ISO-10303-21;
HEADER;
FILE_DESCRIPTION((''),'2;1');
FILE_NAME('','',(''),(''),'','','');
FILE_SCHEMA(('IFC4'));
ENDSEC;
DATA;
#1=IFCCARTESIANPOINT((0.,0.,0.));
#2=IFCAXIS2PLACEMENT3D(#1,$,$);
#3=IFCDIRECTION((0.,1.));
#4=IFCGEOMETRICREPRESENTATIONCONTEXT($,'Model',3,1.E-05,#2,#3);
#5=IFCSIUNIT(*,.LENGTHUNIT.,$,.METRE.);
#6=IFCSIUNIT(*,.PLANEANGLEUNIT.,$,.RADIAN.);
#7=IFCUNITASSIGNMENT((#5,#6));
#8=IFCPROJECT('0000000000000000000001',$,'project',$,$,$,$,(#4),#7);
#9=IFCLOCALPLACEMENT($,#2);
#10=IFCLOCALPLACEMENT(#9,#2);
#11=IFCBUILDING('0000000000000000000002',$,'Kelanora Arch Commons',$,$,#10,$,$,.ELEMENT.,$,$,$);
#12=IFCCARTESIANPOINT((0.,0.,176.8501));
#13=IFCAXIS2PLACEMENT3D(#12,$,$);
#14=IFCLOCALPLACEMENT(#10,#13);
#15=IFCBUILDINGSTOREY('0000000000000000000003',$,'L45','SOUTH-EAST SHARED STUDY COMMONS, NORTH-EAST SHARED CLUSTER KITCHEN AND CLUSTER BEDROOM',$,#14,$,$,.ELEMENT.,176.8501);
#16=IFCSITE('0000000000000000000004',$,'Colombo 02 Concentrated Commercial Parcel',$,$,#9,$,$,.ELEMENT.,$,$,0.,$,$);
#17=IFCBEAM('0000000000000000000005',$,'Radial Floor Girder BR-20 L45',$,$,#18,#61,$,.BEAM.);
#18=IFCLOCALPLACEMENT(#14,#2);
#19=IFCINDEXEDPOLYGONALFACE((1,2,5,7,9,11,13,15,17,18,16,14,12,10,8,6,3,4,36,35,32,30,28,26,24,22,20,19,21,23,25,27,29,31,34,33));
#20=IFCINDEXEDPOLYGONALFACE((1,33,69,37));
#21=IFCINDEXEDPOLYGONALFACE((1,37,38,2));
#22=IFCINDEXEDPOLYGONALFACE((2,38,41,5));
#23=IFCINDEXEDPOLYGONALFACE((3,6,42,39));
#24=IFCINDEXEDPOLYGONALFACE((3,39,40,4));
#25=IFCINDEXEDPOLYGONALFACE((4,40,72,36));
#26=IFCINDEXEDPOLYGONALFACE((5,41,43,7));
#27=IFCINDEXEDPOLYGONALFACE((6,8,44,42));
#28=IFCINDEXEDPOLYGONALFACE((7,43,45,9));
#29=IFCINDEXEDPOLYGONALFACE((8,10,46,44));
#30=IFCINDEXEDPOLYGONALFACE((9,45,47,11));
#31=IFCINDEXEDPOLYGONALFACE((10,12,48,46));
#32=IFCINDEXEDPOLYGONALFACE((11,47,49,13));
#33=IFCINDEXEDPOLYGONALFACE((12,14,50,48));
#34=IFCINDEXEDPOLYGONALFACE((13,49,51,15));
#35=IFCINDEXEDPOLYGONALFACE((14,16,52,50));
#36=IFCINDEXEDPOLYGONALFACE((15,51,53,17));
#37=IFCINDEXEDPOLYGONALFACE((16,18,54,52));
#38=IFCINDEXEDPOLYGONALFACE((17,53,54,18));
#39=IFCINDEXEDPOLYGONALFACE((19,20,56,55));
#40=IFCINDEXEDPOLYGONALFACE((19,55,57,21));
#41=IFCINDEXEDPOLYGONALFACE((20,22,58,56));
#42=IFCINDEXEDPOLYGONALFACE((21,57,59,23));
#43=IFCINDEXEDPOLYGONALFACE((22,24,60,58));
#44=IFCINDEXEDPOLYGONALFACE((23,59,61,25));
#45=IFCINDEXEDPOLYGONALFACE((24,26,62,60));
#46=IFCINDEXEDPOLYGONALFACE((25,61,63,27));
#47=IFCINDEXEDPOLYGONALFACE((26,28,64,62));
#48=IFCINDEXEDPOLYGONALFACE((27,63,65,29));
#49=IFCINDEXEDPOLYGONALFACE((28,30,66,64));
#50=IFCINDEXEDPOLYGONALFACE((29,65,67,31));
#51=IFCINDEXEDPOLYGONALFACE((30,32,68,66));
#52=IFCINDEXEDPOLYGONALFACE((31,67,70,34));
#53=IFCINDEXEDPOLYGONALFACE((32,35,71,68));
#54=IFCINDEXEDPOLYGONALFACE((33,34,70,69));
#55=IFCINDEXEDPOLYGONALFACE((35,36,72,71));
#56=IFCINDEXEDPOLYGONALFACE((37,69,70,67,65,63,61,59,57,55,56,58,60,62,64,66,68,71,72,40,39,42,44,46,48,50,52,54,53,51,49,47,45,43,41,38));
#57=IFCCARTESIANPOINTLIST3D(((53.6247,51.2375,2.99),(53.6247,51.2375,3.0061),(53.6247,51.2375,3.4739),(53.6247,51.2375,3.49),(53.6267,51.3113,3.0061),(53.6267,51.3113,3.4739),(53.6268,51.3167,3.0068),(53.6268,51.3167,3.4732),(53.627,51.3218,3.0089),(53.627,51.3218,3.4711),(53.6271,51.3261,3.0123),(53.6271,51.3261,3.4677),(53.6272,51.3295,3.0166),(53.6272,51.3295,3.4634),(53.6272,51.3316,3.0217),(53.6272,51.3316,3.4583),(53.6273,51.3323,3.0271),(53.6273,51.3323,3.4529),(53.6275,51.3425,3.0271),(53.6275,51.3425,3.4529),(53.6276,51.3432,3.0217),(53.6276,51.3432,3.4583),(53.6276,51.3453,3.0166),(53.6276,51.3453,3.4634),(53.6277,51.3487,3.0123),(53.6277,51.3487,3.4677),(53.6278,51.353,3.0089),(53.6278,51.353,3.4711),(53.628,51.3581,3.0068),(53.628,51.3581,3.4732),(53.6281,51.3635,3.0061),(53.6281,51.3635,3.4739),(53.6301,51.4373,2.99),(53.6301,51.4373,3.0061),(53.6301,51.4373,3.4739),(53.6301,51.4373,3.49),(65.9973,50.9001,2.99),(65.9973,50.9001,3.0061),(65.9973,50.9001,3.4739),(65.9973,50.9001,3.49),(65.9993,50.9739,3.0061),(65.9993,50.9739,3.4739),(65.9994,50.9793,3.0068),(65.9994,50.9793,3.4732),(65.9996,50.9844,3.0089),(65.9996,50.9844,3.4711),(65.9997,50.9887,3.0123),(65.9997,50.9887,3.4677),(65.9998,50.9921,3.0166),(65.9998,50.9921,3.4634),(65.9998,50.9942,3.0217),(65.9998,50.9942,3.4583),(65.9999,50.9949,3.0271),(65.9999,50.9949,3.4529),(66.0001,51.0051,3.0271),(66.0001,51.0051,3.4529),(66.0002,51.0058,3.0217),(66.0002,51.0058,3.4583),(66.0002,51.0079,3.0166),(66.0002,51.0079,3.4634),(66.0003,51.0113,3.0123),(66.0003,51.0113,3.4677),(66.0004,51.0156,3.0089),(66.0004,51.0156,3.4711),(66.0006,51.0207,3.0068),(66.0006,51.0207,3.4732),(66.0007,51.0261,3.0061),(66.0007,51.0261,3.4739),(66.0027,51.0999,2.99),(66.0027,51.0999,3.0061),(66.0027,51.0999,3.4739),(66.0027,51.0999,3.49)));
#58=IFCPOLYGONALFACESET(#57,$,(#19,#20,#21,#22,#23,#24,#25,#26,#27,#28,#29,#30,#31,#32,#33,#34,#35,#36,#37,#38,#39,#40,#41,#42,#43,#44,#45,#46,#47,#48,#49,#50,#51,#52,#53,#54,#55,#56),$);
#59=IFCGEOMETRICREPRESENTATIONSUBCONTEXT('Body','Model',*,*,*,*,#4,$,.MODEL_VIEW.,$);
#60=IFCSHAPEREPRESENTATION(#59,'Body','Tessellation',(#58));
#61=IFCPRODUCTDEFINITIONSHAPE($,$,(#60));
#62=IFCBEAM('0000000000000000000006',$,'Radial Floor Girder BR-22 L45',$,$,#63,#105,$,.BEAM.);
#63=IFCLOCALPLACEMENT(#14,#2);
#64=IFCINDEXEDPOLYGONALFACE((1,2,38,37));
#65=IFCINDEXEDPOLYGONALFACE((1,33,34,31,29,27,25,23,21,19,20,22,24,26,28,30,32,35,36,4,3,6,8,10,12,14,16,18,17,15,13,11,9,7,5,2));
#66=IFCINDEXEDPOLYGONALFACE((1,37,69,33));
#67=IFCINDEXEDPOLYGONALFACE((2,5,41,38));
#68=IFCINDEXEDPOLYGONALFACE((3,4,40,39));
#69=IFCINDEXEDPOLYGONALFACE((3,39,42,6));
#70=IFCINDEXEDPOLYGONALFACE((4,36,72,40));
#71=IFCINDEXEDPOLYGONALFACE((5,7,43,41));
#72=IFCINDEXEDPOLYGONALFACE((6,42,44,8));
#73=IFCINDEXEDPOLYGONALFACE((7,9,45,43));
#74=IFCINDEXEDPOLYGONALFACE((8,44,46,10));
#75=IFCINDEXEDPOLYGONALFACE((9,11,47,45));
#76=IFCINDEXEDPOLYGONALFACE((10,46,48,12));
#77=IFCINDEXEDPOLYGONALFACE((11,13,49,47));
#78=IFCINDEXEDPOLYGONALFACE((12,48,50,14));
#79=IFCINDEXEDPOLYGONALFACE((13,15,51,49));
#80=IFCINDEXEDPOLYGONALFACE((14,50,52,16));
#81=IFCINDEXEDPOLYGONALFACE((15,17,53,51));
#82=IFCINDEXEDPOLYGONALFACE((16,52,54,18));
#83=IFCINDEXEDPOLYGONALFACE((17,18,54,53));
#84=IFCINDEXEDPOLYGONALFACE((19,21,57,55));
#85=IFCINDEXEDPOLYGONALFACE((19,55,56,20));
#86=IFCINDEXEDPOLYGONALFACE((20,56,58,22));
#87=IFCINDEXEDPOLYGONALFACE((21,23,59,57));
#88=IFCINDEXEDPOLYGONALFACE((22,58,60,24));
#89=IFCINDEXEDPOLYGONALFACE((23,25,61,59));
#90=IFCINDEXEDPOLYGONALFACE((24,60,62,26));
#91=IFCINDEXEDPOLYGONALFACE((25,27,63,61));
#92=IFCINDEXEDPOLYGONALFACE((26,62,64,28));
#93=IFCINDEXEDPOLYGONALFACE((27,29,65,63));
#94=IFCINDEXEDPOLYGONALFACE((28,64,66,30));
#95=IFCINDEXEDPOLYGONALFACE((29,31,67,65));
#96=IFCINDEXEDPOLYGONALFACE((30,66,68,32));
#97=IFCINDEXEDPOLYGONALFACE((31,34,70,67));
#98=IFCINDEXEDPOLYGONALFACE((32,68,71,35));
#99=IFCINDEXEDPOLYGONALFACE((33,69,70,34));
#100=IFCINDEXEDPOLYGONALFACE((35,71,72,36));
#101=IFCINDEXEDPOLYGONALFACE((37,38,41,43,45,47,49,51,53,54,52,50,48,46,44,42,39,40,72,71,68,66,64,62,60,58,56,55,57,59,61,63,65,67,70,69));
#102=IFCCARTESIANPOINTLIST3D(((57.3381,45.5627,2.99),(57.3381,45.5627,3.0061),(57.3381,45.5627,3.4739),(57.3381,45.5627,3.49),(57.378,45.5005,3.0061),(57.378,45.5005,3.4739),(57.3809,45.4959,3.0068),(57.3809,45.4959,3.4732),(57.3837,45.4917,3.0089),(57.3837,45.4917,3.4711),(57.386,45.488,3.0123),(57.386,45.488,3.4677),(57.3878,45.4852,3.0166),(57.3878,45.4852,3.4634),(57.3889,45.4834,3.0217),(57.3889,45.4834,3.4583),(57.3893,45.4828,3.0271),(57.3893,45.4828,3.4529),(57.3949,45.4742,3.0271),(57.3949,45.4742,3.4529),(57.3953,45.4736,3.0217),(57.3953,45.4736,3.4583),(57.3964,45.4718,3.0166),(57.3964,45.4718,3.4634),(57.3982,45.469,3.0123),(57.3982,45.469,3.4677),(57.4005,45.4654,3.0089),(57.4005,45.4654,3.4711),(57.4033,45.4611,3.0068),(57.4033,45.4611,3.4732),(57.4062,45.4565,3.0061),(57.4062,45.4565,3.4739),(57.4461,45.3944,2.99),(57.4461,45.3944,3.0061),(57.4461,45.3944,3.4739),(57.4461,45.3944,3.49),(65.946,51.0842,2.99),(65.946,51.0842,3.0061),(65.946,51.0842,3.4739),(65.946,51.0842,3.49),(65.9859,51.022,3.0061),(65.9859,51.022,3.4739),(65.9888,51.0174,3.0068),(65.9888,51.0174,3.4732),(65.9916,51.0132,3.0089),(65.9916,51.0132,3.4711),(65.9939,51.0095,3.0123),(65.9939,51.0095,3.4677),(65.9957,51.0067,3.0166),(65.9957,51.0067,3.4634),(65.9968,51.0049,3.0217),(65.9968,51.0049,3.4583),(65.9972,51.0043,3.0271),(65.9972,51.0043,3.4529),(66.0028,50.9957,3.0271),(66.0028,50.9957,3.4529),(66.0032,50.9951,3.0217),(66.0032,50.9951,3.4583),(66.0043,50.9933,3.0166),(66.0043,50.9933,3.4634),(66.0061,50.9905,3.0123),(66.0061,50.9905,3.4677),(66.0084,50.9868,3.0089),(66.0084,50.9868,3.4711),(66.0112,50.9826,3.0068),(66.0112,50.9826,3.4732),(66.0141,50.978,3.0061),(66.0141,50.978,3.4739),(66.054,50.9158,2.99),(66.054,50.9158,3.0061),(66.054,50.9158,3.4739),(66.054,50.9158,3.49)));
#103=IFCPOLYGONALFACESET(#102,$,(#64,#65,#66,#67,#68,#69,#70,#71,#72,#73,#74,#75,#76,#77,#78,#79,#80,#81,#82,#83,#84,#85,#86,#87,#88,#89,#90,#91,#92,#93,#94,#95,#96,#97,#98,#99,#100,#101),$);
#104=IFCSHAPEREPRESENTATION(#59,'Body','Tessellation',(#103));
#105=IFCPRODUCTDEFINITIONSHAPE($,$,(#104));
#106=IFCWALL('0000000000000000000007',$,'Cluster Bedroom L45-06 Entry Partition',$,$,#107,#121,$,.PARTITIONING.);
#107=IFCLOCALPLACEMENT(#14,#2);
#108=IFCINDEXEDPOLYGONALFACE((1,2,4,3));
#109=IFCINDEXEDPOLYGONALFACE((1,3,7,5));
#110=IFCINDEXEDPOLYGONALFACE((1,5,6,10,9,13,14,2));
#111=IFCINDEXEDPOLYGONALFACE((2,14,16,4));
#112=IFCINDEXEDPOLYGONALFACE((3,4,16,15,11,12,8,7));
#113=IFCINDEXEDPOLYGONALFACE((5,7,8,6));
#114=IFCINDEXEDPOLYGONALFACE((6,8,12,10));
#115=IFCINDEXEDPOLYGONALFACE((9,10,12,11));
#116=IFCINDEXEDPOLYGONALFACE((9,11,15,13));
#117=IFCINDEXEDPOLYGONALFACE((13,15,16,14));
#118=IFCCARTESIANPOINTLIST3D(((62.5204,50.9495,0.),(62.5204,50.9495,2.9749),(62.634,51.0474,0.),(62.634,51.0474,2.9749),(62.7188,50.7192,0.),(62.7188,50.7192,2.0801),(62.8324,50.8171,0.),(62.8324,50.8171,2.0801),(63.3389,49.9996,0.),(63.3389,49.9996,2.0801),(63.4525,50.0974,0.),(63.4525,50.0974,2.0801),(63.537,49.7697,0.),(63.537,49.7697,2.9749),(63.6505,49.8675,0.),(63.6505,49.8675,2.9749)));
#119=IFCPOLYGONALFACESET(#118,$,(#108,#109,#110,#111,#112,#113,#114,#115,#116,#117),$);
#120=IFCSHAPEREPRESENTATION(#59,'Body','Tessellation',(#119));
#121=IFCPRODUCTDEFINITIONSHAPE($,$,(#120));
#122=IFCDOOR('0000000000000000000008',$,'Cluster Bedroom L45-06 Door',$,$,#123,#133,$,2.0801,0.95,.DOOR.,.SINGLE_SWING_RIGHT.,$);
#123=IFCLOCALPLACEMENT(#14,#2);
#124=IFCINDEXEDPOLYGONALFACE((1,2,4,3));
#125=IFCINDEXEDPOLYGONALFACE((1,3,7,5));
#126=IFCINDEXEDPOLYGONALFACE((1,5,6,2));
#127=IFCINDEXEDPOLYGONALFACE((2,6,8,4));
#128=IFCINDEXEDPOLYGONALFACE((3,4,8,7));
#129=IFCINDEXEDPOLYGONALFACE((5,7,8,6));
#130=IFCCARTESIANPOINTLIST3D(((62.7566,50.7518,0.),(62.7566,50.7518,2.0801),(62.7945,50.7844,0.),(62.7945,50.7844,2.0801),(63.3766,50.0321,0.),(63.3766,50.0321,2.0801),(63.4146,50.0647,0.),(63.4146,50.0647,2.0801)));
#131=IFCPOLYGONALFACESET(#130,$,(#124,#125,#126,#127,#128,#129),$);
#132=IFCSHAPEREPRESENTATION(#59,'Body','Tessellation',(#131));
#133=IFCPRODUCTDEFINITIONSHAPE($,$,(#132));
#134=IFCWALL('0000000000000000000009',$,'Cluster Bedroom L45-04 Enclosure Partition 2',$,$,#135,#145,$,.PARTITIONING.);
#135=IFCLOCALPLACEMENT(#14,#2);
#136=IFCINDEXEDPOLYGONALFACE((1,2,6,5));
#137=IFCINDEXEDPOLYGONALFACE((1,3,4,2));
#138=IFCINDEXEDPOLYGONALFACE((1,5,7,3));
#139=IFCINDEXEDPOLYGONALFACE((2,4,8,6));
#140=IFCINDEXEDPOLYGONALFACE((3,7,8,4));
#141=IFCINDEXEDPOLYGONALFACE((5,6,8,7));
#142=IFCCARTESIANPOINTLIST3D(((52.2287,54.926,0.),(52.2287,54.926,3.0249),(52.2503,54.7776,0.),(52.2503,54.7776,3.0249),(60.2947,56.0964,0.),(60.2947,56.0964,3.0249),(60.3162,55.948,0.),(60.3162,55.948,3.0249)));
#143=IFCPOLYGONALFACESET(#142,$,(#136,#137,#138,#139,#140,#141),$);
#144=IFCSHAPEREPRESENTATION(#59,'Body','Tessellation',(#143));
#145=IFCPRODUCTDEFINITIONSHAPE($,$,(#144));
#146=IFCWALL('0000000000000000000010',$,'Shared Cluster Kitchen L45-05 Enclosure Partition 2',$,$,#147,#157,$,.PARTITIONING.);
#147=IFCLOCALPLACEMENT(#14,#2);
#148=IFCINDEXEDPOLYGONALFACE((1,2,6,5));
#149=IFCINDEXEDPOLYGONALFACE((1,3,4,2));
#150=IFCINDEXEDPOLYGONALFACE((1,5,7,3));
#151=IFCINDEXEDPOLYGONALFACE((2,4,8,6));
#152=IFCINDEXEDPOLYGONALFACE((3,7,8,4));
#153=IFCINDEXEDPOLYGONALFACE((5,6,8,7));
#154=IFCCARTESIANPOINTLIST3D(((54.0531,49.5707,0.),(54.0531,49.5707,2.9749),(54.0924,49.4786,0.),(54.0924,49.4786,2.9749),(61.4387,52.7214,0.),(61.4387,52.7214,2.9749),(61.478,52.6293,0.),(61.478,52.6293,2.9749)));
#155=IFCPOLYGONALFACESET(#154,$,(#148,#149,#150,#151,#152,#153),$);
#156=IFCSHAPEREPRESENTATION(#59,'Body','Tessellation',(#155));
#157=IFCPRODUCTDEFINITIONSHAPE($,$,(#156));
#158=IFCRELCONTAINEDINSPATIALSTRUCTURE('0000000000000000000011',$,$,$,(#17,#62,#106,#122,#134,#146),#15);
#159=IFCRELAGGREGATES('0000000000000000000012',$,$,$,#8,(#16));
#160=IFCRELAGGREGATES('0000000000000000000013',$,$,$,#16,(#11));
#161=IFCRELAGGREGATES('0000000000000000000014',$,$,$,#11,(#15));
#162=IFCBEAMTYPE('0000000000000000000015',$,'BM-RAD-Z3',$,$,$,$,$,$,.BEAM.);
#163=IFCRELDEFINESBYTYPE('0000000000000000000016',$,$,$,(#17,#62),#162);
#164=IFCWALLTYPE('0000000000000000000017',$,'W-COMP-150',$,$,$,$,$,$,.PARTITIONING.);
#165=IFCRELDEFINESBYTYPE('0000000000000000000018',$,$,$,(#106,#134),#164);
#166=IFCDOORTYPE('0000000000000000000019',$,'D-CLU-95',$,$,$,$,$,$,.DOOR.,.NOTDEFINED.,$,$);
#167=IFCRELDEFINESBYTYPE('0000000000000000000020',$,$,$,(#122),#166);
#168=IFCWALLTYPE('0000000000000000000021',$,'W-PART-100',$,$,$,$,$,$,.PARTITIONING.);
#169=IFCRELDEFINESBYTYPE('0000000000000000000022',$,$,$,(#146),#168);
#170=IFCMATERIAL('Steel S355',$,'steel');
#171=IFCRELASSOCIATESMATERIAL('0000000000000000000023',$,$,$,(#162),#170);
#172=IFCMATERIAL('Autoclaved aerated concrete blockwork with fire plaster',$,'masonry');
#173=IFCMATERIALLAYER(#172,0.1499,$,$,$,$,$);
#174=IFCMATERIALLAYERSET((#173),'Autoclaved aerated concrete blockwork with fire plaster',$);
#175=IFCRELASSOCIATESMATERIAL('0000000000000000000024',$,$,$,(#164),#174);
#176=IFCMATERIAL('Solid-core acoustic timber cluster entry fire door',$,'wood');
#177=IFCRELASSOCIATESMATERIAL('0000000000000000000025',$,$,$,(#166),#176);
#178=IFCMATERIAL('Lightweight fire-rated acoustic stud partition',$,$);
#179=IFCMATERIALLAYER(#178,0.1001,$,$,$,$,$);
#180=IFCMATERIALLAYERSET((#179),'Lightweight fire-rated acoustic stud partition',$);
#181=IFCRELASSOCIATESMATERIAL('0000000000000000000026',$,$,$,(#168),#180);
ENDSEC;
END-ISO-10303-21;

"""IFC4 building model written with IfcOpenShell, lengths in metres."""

from ifc_helpers import new_model, si_unit, direction, frame, frame_2d, origin, origin_2d, place, context, subcontext, project, spatial, rectangle, i_section, extrude, material, layer, layer_set, material_profile, profile_set, type_object, element, fill, save


model = new_model("IFC4")

# Units and contexts
model_context = context("Model", 3, precision=1e-05, world=origin(), true_north=direction((0.0, 1.0)))
body_context = subcontext(model_context, "Body", "Model", "MODEL_VIEW")
ifc_project = project(units=[si_unit("LENGTHUNIT", "METRE"), si_unit("PLANEANGLEUNIT", "RADIAN")], contexts=[model_context])

# Site, building, storey
site_placement = place(None, origin())
site = spatial("IfcSite", under=ifc_project, at=site_placement, Name="Colombo 02 Concentrated Commercial Parcel", CompositionType="ELEMENT", RefElevation=0.0)
building_placement = place(site_placement, origin())
building = spatial("IfcBuilding", under=site, at=building_placement, Name="Kelanora Arch Commons", CompositionType="ELEMENT")
storey_placement = place(building_placement, frame((0.0, 0.0, 176.8501)))
storey = spatial("IfcBuildingStorey", under=building, at=storey_placement, Name="L45", Description="SOUTH-EAST SHARED STUDY COMMONS, NORTH-EAST SHARED CLUSTER KITCHEN AND CLUSTER BEDROOM", CompositionType="ELEMENT", Elevation=176.8501)

# Beams
ifc_material_1 = material(Name="Steel S355", Category="steel")
ifc_material_profile_1 = material_profile(ifc_material_1, i_section(OverallWidth=0.2, OverallDepth=0.5, WebThickness=0.0103, FlangeThickness=0.0161, FilletRadius=0.021, at=origin_2d()), Name="IPE500")
ifc_profile_set_1 = profile_set([ifc_material_profile_1], Name="Steel S355")
beam_type_1 = type_object("IfcBeamType", Name="BM-RAD-Z3", PredefinedType="BEAM", material=ifc_profile_set_1)
beam_1_placement = place(storey_placement, frame((66.0, 51.0, 3.24), z_axis=(-0.999628, 0.02726, 0.0), x_axis=(-0.02726, -0.999628, 0.0)))
element("IfcBeam", 1, at=beam_1_placement, inside=storey, type_object=beam_type_1, Name="Radial Floor Girder BR-20 L45", PredefinedType="BEAM", context=body_context, shape_type="SweptSolid", body=[
    extrude(i_section(OverallWidth=0.2, OverallDepth=0.5, WebThickness=0.0103, FlangeThickness=0.0161, FilletRadius=0.021, at=origin_2d()), origin(), (0.0, 0.0, 1.0), 12.3772),
])
beam_2_placement = place(storey_placement, frame((66.0, 51.0, 3.24), z_axis=(-0.841719, -0.539915, 0.0), x_axis=(0.539915, -0.841719, 0.0)))
element("IfcBeam", 2, at=beam_2_placement, inside=storey, type_object=beam_type_1, Name="Radial Floor Girder BR-22 L45", PredefinedType="BEAM", context=body_context, shape_type="SweptSolid", body=[
    extrude(i_section(OverallWidth=0.2, OverallDepth=0.5, WebThickness=0.0103, FlangeThickness=0.0161, FilletRadius=0.021, at=origin_2d()), origin(), (0.0, 0.0, 1.0), 10.2266),
])

# Wall, opening, door
ifc_material_2 = material(Name="Autoclaved aerated concrete blockwork with fire plaster", Category="masonry")
ifc_layer_1 = layer(ifc_material_2, 0.1499)
ifc_layer_set_1 = layer_set([ifc_layer_1], Name="Autoclaved aerated concrete blockwork with fire plaster")
wall_type_1 = type_object("IfcWallType", Name="W-COMP-150", PredefinedType="PARTITIONING", material=ifc_layer_set_1)
wall_1_placement = place(storey_placement, frame((62.5771, 50.9985, 0.0), z_axis=(0.0, 0.0, 1.0), x_axis=(0.652726, -0.757594, 0.0)))
wall_1 = element("IfcWall", 3, at=wall_1_placement, inside=storey, type_object=wall_type_1, Name="Cluster Bedroom L45-06 Entry Partition", PredefinedType="PARTITIONING", context=body_context, shape_type="SweptSolid", body=[
    extrude(rectangle(XDim=1.5574, YDim=0.1499, at=frame_2d((0.7788, 0.0))), origin(), (0.0, 0.0, 1.0), 2.9749),
])
opening_1_placement = place(wall_1_placement, frame((0.304, 0.0, 0.0)))
opening_1 = element("IfcOpeningElement", 4, at=opening_1_placement, cuts=wall_1, PredefinedType="OPENING", context=body_context, shape_type="SweptSolid", body=[
    extrude(rectangle(XDim=0.95, YDim=2.0801, at=frame_2d((0.4751, 1.04))), frame((0.0, 0.085, 0.0), z_axis=(0.0, -1.0, 0.0), x_axis=(1.0, 0.0, 0.0)), (0.0, 0.0, 1.0), 0.1699),
])
ifc_material_3 = material(Name="Solid-core acoustic timber cluster entry fire door", Category="wood")
door_type_1 = type_object("IfcDoorType", Name="D-CLU-95", OperationType="NOTDEFINED", PredefinedType="DOOR", material=ifc_material_3)
door_1_placement = place(opening_1_placement, origin())
door_1 = element("IfcDoor", 5, at=door_1_placement, inside=storey, type_object=door_type_1, Name="Cluster Bedroom L45-06 Door", OperationType="SINGLE_SWING_RIGHT", OverallHeight=2.0801, OverallWidth=0.95, PredefinedType="DOOR", context=body_context, shape_type="SweptSolid", body=[
    extrude(rectangle(XDim=0.95, YDim=2.0801, at=frame_2d((0.4751, 1.04))), frame((0.0, 0.0249, 0.0), z_axis=(0.0, -1.0, 0.0), x_axis=(1.0, 0.0, 0.0)), (0.0, 0.0, 1.0), 0.05),
])
fill(opening_1, door_1)

# Walls
wall_2_placement = place(storey_placement, frame((60.3054, 56.0222, 0.0), z_axis=(0.0, 0.0, 1.0), x_axis=(-0.989636, -0.143602, 0.0)))
element("IfcWall", 6, at=wall_2_placement, inside=storey, type_object=wall_type_1, Name="Cluster Bedroom L45-04 Enclosure Partition 2", PredefinedType="PARTITIONING", context=body_context, shape_type="SweptSolid", body=[
    extrude(rectangle(XDim=8.1504, YDim=0.1499, at=frame_2d((4.0752, 0.0))), origin(), (0.0, 0.0, 1.0), 3.0249),
])
ifc_material_4 = material(Name="Lightweight fire-rated acoustic stud partition")
ifc_layer_2 = layer(ifc_material_4, 0.1001)
ifc_layer_set_2 = layer_set([ifc_layer_2], Name="Lightweight fire-rated acoustic stud partition")
wall_type_2 = type_object("IfcWallType", Name="W-PART-100", PredefinedType="PARTITIONING", material=ifc_layer_set_2)
wall_3_placement = place(storey_placement, frame((61.4583, 52.6753, 0.0), z_axis=(0.0, 0.0, 1.0), x_axis=(-0.919801, -0.392385, 0.0)))
element("IfcWall", 7, at=wall_3_placement, inside=storey, type_object=wall_type_2, Name="Shared Cluster Kitchen L45-05 Enclosure Partition 2", PredefinedType="PARTITIONING", context=body_context, shape_type="SweptSolid", body=[
    extrude(rectangle(XDim=8.0295, YDim=0.1001, at=frame_2d((4.0146, 0.0))), origin(), (0.0, 0.0, 1.0), 2.9749),
])

save(model, "model.ifc")
